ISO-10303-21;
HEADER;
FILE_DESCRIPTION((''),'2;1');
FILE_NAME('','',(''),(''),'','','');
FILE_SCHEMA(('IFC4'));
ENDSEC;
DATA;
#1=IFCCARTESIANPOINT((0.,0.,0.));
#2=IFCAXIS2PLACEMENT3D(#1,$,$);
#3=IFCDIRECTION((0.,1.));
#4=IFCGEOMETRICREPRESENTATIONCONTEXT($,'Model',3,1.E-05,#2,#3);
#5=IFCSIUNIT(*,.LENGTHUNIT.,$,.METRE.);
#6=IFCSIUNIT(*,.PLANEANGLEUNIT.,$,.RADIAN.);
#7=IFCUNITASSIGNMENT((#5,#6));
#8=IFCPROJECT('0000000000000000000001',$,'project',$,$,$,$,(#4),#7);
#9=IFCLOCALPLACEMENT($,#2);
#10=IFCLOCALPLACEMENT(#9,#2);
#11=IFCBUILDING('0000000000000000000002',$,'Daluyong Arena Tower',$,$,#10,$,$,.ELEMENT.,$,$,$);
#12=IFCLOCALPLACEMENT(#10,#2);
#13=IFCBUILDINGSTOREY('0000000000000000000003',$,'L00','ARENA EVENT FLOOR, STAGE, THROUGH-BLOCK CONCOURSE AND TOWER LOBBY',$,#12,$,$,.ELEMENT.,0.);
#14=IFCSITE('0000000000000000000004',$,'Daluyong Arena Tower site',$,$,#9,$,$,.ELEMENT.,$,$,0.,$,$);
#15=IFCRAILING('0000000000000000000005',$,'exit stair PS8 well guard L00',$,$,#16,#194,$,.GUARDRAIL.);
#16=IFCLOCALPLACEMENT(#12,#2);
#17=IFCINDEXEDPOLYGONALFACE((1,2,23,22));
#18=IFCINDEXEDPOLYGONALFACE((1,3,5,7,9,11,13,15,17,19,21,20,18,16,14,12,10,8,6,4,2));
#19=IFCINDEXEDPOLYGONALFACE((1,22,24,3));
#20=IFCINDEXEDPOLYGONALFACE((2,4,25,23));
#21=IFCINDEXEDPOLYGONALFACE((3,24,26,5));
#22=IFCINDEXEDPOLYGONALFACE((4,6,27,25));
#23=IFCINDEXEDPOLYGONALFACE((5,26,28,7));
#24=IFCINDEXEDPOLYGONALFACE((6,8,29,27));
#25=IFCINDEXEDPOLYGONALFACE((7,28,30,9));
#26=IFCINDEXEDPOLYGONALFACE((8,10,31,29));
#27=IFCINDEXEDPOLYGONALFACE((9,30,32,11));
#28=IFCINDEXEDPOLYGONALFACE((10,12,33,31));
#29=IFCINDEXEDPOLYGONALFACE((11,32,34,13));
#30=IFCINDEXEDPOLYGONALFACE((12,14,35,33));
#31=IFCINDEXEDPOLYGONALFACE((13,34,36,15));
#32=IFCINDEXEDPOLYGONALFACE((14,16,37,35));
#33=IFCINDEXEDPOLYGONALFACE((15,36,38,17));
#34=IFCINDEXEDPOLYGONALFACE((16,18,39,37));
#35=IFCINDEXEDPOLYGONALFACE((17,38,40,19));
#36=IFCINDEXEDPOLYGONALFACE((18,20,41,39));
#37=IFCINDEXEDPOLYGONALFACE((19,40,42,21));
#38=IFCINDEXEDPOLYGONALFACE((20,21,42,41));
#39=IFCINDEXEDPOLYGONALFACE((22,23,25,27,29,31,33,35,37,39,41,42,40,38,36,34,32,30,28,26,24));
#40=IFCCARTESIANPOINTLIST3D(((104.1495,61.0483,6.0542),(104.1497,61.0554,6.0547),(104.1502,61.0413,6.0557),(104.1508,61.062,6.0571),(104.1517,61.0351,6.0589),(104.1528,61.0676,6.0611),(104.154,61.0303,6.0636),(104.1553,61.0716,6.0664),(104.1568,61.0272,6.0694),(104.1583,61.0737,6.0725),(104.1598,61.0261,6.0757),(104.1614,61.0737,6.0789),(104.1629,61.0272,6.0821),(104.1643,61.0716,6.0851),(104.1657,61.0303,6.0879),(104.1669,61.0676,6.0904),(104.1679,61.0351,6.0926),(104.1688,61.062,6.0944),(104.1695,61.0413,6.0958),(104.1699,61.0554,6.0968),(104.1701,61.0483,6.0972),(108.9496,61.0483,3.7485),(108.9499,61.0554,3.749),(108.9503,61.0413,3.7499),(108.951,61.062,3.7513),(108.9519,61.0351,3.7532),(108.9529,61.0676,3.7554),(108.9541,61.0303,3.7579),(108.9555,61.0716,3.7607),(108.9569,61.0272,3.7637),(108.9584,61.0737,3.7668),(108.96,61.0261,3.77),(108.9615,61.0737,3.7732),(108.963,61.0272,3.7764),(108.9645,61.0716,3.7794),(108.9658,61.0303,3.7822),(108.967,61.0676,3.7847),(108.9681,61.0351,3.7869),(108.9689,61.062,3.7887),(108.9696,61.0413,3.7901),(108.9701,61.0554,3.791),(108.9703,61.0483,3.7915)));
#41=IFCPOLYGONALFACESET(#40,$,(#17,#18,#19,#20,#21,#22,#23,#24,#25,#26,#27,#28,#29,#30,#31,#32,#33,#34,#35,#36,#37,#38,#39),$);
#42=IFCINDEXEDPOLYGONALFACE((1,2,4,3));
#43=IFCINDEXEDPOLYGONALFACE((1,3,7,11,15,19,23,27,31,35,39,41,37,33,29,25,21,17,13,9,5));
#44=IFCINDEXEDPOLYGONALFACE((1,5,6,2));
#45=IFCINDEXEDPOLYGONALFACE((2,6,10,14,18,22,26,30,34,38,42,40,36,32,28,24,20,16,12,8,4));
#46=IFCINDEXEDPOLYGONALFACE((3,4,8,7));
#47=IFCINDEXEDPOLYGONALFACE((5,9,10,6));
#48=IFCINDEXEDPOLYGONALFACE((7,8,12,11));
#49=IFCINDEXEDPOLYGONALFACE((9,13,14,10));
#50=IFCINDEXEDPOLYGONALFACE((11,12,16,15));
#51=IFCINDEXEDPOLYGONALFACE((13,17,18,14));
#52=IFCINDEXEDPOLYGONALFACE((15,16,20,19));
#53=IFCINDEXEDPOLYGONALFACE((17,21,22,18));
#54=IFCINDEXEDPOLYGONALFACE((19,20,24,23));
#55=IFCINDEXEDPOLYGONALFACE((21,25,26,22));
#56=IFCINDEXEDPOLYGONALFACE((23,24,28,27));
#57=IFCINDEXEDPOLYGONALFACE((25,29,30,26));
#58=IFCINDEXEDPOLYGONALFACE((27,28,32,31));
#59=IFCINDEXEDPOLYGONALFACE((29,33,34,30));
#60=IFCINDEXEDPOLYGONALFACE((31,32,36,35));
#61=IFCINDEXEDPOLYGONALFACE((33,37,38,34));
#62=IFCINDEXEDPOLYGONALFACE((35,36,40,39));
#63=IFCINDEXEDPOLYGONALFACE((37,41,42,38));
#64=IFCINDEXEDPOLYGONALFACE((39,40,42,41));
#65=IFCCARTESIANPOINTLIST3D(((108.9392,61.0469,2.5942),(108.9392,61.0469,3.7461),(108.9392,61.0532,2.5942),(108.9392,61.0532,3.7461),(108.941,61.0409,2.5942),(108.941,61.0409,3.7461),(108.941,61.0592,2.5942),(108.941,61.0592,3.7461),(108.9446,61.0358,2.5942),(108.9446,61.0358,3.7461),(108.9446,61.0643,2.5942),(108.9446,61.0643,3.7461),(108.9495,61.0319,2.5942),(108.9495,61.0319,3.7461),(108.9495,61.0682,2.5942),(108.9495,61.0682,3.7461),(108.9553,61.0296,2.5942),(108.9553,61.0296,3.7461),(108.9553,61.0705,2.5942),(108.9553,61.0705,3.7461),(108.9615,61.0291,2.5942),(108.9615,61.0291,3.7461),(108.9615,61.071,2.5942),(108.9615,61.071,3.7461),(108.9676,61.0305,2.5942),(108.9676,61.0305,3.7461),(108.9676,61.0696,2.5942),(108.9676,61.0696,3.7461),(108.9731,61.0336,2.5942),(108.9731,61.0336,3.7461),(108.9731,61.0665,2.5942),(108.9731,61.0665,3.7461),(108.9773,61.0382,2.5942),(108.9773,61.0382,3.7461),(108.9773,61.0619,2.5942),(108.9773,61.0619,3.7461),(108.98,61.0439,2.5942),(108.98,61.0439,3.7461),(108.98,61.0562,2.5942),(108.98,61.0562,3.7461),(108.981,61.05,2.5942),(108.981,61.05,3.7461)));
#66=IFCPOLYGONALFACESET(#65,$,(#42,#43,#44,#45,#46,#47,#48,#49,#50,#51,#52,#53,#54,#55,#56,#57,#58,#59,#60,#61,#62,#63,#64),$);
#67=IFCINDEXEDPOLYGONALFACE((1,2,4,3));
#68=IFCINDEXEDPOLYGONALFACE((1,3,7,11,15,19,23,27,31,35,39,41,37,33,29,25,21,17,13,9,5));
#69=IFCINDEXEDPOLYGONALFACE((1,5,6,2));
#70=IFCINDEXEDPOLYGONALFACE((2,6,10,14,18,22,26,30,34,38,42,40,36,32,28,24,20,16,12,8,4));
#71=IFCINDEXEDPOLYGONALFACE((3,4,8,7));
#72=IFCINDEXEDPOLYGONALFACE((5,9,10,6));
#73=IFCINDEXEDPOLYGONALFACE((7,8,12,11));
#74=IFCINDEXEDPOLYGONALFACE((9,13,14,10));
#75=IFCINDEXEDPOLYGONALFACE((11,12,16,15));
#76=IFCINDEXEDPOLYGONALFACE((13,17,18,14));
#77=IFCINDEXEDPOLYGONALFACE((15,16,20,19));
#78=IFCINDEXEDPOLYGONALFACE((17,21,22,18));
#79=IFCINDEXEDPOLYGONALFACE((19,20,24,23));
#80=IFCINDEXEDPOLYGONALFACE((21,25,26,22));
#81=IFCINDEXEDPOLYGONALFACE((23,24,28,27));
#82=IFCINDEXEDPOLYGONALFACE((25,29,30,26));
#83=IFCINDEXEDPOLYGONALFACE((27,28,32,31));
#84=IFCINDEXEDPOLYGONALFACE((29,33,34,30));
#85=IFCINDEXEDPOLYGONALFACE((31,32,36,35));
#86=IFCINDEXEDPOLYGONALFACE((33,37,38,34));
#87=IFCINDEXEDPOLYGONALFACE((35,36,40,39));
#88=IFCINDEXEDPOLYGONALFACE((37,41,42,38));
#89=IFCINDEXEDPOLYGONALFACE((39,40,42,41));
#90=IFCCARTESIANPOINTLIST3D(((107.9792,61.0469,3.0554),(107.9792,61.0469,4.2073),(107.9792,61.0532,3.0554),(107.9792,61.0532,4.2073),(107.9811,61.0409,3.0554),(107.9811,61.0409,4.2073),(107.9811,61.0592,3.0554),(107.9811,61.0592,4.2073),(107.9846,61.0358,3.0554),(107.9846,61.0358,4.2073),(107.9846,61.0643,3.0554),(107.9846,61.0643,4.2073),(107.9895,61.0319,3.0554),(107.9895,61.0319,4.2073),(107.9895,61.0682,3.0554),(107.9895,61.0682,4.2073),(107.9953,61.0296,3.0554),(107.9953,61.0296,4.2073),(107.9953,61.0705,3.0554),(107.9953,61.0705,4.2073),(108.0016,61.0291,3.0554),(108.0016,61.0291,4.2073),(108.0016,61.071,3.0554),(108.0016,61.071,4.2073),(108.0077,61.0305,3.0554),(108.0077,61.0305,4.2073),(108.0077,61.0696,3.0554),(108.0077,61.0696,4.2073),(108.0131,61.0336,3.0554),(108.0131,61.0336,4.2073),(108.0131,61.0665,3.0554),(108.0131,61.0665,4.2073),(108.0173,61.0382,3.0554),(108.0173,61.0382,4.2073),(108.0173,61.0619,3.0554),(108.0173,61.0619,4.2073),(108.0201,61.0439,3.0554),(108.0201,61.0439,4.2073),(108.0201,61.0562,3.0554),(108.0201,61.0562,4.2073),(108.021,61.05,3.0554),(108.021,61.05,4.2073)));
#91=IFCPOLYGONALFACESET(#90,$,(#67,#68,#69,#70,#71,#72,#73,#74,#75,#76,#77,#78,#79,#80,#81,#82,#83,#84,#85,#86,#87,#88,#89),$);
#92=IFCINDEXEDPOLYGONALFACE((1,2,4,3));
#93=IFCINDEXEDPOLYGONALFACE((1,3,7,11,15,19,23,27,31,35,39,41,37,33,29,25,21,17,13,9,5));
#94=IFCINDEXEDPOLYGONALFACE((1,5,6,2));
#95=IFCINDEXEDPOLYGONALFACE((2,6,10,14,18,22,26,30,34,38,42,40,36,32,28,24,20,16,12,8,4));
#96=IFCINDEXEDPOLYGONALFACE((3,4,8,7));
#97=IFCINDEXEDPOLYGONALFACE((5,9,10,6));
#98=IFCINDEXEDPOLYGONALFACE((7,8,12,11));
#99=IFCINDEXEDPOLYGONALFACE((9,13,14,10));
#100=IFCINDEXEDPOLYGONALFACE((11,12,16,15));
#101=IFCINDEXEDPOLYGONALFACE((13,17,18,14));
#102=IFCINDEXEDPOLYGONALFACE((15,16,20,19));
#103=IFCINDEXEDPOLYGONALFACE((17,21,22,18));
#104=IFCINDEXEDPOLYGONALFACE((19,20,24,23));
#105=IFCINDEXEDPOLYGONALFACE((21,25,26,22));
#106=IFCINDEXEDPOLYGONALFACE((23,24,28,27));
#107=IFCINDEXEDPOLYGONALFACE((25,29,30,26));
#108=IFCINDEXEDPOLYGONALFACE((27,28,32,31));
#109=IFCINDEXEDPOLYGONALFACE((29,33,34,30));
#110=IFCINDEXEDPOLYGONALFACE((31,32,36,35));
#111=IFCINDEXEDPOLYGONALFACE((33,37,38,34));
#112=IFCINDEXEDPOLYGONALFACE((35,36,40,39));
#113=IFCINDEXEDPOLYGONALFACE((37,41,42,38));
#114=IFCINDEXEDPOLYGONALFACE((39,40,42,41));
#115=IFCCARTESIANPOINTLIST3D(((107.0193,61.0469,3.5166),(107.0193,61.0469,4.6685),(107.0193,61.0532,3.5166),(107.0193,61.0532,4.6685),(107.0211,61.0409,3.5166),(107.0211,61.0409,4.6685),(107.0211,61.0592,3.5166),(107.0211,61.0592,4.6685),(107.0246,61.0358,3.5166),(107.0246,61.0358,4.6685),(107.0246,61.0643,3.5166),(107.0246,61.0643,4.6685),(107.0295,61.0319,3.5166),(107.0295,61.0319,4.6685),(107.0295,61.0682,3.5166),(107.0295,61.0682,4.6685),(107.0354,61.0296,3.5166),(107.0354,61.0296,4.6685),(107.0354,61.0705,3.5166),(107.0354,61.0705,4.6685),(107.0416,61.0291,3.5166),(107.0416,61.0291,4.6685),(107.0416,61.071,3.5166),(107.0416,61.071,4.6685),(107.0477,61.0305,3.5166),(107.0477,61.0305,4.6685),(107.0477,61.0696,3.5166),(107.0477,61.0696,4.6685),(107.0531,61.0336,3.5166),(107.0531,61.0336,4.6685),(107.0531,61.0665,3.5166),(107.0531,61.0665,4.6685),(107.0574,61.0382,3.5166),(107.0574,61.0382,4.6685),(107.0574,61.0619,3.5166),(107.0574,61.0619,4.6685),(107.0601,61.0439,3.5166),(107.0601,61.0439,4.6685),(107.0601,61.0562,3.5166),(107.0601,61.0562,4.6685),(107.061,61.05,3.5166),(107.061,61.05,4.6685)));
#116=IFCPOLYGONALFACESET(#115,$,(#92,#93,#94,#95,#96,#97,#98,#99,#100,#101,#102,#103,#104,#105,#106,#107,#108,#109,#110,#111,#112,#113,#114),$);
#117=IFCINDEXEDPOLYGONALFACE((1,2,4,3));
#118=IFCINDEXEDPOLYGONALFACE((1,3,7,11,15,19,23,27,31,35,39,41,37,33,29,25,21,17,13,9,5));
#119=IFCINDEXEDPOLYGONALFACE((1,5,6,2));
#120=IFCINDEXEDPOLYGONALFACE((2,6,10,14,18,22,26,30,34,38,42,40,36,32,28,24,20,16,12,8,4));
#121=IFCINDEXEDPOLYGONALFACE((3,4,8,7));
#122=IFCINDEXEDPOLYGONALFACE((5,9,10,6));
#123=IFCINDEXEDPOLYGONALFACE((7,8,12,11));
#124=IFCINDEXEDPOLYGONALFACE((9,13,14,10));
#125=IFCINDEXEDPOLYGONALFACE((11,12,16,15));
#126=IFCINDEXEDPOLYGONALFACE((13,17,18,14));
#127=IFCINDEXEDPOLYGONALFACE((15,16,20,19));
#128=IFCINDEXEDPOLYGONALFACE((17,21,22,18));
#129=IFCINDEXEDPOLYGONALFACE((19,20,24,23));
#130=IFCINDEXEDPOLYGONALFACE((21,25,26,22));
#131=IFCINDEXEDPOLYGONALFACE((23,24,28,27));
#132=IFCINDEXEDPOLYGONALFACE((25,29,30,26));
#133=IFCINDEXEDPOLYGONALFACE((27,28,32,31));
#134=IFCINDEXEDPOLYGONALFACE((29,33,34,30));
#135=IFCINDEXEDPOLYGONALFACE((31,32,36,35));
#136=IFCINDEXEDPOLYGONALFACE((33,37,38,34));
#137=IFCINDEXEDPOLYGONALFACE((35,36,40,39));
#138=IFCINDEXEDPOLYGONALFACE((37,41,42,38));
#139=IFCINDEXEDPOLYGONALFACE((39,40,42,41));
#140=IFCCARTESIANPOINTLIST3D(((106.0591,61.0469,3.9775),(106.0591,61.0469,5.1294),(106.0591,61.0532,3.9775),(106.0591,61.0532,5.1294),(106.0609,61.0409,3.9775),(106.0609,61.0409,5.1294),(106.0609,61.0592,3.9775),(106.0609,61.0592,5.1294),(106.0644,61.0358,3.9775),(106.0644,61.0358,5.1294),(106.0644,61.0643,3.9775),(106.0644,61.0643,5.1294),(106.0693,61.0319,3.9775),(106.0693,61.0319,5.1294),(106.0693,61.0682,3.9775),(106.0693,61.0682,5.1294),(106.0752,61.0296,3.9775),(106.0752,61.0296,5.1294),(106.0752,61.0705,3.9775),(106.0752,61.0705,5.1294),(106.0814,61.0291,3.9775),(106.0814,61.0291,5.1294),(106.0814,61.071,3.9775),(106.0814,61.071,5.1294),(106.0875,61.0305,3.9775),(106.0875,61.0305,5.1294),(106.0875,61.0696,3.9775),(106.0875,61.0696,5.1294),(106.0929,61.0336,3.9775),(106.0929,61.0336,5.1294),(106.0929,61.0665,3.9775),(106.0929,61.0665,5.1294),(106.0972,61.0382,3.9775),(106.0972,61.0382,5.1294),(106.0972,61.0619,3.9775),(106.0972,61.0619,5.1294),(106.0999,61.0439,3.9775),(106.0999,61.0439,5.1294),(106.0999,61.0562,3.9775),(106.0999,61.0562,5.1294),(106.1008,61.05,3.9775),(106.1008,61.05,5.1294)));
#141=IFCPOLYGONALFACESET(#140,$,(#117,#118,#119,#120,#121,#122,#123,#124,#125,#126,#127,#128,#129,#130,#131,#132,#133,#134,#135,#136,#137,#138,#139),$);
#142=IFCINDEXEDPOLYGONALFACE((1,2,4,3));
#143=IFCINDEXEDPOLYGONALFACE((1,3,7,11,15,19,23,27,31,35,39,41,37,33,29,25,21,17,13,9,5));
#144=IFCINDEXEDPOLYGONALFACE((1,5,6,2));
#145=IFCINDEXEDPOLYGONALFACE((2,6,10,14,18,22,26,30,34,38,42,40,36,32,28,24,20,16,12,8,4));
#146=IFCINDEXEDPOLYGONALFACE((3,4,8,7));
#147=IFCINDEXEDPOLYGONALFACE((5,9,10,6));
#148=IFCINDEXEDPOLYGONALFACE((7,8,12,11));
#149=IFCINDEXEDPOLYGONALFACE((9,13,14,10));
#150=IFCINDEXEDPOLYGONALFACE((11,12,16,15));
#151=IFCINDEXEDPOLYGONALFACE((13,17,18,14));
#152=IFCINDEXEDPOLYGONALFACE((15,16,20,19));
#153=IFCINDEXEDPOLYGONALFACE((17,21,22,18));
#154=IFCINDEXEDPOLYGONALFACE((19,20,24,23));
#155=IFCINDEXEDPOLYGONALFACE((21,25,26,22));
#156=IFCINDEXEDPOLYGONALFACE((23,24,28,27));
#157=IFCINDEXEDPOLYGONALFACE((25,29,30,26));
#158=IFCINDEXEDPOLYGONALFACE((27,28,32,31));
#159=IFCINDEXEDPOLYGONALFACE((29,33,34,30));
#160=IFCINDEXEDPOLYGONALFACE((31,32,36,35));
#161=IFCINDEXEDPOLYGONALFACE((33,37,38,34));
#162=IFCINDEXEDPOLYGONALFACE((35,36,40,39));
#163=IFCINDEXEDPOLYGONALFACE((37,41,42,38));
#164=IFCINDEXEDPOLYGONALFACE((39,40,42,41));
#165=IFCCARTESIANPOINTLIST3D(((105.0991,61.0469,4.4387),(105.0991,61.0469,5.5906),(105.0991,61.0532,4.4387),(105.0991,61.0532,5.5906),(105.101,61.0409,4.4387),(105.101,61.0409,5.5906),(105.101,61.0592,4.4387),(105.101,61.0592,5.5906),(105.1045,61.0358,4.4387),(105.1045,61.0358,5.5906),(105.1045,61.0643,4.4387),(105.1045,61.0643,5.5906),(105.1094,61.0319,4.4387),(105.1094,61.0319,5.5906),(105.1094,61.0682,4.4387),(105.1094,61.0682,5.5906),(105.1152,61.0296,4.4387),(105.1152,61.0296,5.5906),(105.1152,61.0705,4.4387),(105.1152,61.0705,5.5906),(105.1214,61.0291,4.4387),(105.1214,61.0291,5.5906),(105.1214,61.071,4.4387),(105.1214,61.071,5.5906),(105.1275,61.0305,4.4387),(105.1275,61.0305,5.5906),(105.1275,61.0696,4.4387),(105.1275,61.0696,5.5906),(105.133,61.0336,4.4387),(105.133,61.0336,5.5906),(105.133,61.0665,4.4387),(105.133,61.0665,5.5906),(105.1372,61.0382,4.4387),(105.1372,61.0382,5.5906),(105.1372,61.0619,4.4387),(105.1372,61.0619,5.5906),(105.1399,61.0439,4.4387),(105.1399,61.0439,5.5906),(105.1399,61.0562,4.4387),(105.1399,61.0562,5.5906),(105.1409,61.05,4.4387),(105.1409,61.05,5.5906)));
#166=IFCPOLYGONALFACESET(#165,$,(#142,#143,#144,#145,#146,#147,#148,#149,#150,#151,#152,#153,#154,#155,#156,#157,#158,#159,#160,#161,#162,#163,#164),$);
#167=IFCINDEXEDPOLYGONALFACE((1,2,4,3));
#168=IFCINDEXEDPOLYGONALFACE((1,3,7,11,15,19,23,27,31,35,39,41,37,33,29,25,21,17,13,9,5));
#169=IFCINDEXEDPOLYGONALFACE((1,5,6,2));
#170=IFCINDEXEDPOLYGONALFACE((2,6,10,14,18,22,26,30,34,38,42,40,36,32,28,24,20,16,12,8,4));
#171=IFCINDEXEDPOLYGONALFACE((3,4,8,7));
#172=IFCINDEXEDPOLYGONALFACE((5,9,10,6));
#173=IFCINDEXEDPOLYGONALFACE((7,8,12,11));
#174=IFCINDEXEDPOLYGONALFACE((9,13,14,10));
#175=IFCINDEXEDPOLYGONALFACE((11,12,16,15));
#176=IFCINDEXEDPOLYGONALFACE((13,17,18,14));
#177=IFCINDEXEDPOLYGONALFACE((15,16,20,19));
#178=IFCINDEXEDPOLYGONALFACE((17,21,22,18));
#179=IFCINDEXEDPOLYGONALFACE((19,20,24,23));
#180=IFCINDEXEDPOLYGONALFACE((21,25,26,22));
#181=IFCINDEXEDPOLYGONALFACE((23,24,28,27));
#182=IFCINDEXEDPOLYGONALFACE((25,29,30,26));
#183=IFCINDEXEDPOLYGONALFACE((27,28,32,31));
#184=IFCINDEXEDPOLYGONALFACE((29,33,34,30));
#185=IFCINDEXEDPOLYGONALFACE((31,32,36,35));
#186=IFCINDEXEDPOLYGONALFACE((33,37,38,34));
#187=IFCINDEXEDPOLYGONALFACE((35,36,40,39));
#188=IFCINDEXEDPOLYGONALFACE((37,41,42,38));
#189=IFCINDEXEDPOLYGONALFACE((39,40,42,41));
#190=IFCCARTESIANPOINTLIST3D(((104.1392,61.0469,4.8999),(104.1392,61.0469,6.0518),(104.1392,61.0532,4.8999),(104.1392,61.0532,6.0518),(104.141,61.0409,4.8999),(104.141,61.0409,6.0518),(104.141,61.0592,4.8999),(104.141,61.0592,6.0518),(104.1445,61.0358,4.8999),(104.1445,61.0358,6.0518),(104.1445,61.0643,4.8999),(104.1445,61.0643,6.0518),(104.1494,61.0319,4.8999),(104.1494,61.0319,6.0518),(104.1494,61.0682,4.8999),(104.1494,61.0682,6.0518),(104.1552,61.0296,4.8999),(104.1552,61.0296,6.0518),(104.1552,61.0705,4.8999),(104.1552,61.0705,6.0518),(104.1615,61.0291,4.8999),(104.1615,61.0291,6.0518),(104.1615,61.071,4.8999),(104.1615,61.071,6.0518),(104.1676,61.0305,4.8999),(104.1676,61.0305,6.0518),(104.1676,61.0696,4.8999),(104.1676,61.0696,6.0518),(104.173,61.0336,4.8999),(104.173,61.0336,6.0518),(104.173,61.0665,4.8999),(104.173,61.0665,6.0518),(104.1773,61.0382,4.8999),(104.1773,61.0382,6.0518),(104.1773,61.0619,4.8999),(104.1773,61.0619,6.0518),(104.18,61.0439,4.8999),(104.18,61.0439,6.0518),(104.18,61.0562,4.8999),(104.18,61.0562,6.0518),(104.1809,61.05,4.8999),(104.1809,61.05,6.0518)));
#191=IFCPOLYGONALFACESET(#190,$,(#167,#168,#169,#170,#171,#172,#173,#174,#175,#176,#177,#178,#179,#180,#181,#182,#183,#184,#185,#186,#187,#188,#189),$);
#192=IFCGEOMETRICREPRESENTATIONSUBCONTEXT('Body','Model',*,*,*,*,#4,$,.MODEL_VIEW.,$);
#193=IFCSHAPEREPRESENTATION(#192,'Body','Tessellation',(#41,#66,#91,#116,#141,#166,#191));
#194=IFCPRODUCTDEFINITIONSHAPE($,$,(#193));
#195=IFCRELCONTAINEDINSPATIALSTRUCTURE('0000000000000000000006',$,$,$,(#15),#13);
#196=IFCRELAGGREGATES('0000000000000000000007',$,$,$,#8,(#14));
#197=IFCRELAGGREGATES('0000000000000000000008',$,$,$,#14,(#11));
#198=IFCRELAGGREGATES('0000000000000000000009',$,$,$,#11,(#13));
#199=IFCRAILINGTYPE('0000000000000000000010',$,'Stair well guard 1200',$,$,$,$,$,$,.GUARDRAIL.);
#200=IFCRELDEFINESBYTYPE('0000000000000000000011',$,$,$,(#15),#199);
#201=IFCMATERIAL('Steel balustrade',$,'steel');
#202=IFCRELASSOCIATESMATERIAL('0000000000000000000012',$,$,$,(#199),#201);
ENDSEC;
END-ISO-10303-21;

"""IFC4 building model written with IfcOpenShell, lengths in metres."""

from ifc_helpers import new_model, si_unit, direction, frame, origin, origin_2d, place, context, subcontext, project, spatial, circle, extrude, material, type_object, element, save


model = new_model("IFC4")

# Units and contexts
model_context = context("Model", 3, precision=1e-05, world=origin(), true_north=direction((0.0, 1.0)))
body_context = subcontext(model_context, "Body", "Model", "MODEL_VIEW")
ifc_project = project(units=[si_unit("LENGTHUNIT", "METRE"), si_unit("PLANEANGLEUNIT", "RADIAN")], contexts=[model_context])

# Site, building, storey
site_placement = place(None, origin())
site = spatial("IfcSite", under=ifc_project, at=site_placement, Name="Daluyong Arena Tower site", CompositionType="ELEMENT", RefElevation=0.0)
building_placement = place(site_placement, origin())
building = spatial("IfcBuilding", under=site, at=building_placement, Name="Daluyong Arena Tower", CompositionType="ELEMENT")
storey_placement = place(building_placement, origin())
storey = spatial("IfcBuildingStorey", under=building, at=storey_placement, Name="L00", Description="ARENA EVENT FLOOR, STAGE, THROUGH-BLOCK CONCOURSE AND TOWER LOBBY", CompositionType="ELEMENT", Elevation=0.0)

# Railing
ifc_material_1 = material(Name="Steel balustrade", Category="steel")
railing_type_1 = type_object("IfcRailingType", Name="Stair well guard 1200", PredefinedType="GUARDRAIL", material=ifc_material_1)
railing_1_placement = place(storey_placement, frame((108.96, 61.05, 2.5942)))
element("IfcRailing", 1, at=railing_1_placement, inside=storey, type_object=railing_type_1, Name="exit stair PS8 well guard L00", PredefinedType="GUARDRAIL", context=body_context, shape_type="SweptSolid", body=[
    extrude(circle(Radius=0.0239, at=origin_2d()), frame((0.0, 0.0, 1.1758), z_axis=(-0.901403, 0.0, 0.432981), x_axis=(0.0, -1.0, 0.0)), (0.0, 0.0, 1.0), 5.3252),
    extrude(circle(Radius=0.021, at=origin_2d()), origin(), (0.0, 0.0, 1.0), 1.1519),
    extrude(circle(Radius=0.021, at=origin_2d()), frame((-0.96, 0.0, 0.4612)), (0.0, 0.0, 1.0), 1.1519),
    extrude(circle(Radius=0.021, at=origin_2d()), frame((-1.9199, 0.0, 0.9224)), (0.0, 0.0, 1.0), 1.1519),
    extrude(circle(Radius=0.021, at=origin_2d()), frame((-2.8801, 0.0, 1.3833)), (0.0, 0.0, 1.0), 1.1519),
    extrude(circle(Radius=0.021, at=origin_2d()), frame((-3.8401, 0.0, 1.8445)), (0.0, 0.0, 1.0), 1.1519),
    extrude(circle(Radius=0.021, at=origin_2d()), frame((-4.8, 0.0, 2.3057)), (0.0, 0.0, 1.0), 1.1519),
])

save(model, "model.ifc")
